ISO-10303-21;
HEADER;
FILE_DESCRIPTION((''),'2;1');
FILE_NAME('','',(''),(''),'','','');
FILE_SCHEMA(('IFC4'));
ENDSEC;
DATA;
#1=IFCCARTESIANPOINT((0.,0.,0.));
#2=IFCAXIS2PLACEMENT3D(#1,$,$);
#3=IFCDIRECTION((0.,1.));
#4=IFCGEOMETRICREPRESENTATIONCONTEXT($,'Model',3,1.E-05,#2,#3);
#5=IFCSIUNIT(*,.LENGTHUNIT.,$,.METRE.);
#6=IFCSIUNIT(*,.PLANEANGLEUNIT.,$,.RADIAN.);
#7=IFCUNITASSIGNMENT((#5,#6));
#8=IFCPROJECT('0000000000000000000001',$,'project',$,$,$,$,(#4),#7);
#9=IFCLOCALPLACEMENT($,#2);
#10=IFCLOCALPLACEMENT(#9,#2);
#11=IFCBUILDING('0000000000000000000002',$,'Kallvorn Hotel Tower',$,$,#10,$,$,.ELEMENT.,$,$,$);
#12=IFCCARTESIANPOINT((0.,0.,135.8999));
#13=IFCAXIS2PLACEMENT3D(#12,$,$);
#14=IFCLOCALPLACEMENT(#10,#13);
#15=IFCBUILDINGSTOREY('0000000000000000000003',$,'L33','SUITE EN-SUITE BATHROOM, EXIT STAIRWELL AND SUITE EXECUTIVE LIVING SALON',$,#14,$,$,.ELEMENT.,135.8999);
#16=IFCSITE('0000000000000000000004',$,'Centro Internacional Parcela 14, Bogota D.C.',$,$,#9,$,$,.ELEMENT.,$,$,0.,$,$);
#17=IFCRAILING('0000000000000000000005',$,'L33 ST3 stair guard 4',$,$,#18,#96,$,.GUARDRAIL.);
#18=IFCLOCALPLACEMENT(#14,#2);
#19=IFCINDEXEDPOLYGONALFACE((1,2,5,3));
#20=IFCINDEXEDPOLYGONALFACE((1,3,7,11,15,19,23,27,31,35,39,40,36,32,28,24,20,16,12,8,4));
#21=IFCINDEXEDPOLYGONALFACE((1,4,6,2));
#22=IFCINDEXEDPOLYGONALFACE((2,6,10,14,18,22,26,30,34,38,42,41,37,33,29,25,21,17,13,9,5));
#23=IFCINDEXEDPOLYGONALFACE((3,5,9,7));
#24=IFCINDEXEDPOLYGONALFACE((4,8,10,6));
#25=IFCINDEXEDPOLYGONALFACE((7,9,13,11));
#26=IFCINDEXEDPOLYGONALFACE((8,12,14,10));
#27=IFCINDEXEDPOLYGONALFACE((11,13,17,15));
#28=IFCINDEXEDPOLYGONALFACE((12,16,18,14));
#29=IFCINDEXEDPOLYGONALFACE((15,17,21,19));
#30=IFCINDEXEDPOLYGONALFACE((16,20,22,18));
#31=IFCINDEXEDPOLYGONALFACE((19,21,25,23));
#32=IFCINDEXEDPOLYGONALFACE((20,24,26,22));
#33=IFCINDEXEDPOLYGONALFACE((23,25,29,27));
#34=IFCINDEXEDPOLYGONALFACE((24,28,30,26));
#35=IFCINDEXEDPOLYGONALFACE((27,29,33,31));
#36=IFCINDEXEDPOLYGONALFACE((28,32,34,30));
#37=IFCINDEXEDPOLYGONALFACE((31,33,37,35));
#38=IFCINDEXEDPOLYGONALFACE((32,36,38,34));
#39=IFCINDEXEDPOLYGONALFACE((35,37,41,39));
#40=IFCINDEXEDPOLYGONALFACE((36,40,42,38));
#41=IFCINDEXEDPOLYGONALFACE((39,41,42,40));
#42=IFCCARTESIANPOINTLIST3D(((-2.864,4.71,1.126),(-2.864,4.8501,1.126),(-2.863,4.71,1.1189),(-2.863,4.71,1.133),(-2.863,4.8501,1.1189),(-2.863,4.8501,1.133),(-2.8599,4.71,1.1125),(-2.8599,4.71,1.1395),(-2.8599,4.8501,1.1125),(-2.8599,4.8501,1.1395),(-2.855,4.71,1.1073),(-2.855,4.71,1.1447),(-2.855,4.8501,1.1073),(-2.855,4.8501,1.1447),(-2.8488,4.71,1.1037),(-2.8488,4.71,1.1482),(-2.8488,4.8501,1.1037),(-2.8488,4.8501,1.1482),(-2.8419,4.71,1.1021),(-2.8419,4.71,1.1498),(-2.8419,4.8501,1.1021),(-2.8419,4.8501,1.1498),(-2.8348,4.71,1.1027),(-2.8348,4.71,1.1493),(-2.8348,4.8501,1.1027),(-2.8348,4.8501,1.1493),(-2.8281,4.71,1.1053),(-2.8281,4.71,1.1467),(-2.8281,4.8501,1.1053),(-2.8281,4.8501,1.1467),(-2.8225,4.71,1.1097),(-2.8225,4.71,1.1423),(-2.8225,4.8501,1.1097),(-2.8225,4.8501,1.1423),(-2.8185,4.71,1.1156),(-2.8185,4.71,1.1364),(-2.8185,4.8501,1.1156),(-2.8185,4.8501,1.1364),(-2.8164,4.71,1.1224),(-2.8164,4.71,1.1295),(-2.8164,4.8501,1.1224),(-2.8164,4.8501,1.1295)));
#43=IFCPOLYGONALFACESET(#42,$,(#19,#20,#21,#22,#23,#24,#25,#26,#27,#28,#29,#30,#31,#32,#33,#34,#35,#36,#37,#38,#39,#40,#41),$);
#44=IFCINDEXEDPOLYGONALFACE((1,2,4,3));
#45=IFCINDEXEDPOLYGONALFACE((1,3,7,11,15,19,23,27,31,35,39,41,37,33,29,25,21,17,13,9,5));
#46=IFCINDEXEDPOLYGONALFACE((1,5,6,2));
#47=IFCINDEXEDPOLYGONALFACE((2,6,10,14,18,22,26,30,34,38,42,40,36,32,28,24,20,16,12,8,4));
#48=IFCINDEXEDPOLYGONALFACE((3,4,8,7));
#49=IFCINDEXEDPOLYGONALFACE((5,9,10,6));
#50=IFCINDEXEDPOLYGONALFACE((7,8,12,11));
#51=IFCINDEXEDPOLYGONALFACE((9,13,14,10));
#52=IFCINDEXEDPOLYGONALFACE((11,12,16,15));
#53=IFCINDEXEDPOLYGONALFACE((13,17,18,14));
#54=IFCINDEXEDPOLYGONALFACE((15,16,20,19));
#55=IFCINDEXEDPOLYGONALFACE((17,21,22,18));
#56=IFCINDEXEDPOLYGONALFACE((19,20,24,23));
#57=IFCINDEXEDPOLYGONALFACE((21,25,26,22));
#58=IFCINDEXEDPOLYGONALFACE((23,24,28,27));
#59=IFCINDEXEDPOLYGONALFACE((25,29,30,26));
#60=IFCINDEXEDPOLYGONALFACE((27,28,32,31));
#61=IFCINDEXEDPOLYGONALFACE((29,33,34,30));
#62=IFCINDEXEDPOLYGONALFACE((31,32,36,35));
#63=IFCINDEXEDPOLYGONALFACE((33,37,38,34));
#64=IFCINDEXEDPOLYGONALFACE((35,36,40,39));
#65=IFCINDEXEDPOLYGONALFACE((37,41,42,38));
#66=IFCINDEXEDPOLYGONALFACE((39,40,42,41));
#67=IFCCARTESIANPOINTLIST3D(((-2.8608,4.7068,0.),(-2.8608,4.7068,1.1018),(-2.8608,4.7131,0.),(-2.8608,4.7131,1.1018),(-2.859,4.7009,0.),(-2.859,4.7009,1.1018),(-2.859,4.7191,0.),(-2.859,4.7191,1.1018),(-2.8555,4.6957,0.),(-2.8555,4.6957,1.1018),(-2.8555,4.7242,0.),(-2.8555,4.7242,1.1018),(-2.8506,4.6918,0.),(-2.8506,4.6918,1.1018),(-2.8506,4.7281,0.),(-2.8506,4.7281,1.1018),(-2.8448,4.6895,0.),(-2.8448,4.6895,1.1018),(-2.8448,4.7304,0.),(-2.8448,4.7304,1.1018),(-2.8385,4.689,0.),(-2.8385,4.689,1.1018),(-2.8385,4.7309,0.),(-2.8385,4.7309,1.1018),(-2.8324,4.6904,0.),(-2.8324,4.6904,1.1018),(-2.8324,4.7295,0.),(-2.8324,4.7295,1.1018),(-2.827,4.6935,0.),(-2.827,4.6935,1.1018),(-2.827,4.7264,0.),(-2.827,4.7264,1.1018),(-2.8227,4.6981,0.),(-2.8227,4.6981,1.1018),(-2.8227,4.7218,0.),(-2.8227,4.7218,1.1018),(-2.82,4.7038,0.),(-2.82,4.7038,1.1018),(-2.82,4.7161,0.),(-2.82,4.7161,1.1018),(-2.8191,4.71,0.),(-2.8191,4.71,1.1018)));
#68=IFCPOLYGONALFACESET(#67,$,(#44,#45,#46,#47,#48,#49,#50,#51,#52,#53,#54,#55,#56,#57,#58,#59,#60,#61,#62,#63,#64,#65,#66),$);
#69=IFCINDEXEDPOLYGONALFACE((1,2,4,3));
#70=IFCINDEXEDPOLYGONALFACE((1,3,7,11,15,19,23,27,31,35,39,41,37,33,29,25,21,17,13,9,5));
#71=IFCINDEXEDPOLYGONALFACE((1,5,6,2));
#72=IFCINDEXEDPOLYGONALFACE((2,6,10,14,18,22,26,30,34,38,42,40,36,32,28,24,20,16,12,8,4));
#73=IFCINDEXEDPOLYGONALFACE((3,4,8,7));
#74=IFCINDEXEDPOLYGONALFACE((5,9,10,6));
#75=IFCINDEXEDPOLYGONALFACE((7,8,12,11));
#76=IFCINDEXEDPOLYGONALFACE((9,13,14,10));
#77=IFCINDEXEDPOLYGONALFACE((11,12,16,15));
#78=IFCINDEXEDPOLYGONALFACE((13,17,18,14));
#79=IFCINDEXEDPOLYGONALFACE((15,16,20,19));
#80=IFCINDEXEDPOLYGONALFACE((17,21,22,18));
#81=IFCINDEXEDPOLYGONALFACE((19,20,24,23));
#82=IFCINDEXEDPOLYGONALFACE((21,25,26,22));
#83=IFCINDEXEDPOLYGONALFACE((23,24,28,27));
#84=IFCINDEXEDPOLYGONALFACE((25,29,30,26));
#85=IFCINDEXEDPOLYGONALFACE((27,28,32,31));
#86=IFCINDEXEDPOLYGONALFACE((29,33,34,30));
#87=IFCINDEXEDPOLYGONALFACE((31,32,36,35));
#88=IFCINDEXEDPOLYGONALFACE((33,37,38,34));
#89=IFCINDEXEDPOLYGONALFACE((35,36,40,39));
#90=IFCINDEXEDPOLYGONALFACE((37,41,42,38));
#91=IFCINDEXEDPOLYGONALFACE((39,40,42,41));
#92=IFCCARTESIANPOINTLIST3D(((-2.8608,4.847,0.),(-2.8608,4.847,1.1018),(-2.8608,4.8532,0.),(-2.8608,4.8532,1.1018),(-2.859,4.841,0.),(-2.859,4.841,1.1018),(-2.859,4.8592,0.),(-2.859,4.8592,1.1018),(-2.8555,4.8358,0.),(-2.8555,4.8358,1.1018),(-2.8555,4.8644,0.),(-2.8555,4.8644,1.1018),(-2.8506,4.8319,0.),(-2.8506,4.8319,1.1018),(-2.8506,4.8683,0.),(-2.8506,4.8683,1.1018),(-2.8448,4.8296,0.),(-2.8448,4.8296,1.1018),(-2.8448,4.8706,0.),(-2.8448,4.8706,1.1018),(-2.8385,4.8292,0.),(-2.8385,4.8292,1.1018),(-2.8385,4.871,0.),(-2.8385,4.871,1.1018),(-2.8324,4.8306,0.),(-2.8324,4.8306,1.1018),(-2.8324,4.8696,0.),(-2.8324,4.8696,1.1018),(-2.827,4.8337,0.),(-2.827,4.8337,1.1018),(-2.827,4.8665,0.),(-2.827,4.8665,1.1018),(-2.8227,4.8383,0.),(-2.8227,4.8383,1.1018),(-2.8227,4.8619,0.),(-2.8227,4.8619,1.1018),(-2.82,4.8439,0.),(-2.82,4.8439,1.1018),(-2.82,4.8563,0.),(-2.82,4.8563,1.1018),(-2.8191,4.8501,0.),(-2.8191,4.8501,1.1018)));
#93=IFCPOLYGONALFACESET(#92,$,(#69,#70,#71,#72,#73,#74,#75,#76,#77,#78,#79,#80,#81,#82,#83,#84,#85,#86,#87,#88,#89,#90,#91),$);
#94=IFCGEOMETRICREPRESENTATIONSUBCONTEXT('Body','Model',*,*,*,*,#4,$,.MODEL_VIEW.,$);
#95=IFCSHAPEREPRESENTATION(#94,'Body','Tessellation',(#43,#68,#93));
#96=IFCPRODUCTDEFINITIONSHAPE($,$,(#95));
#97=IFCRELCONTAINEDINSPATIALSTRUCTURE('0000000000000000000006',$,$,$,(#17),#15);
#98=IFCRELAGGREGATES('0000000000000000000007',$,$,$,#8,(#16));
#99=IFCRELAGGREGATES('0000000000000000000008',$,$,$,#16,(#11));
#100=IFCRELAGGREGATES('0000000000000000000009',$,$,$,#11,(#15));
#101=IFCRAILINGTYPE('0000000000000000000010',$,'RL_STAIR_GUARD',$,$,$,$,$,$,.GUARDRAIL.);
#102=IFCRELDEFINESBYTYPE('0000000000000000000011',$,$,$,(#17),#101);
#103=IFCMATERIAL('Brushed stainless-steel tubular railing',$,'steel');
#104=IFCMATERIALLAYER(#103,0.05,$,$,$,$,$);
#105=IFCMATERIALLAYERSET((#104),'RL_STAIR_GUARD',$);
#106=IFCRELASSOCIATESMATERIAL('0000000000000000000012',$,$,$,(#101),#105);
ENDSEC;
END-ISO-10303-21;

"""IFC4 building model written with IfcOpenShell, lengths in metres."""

from ifc_helpers import new_model, si_unit, direction, frame, origin, origin_2d, place, context, subcontext, project, spatial, circle, extrude, material, layer, layer_set, type_object, element, save


model = new_model("IFC4")

# Units and contexts
model_context = context("Model", 3, precision=1e-05, world=origin(), true_north=direction((0.0, 1.0)))
body_context = subcontext(model_context, "Body", "Model", "MODEL_VIEW")
ifc_project = project(units=[si_unit("LENGTHUNIT", "METRE"), si_unit("PLANEANGLEUNIT", "RADIAN")], contexts=[model_context])

# Site, building, storey
site_placement = place(None, origin())
site = spatial("IfcSite", under=ifc_project, at=site_placement, Name="Centro Internacional Parcela 14, Bogota D.C.", CompositionType="ELEMENT", RefElevation=0.0)
building_placement = place(site_placement, origin())
building = spatial("IfcBuilding", under=site, at=building_placement, Name="Kallvorn Hotel Tower", CompositionType="ELEMENT")
storey_placement = place(building_placement, frame((0.0, 0.0, 135.8999)))
storey = spatial("IfcBuildingStorey", under=building, at=storey_placement, Name="L33", Description="SUITE EN-SUITE BATHROOM, EXIT STAIRWELL AND SUITE EXECUTIVE LIVING SALON", CompositionType="ELEMENT", Elevation=135.8999)

# Railing
ifc_material_1 = material(Name="Brushed stainless-steel tubular railing", Category="steel")
ifc_layer_1 = layer(ifc_material_1, 0.05)
ifc_layer_set_1 = layer_set([ifc_layer_1], Name="RL_STAIR_GUARD")
railing_type_1 = type_object("IfcRailingType", Name="RL_STAIR_GUARD", PredefinedType="GUARDRAIL", material=ifc_layer_set_1)
railing_1_placement = place(storey_placement, frame((-2.8401, 4.71, 0.0)))
element("IfcRailing", 1, at=railing_1_placement, inside=storey, type_object=railing_type_1, Name="L33 ST3 stair guard 4", PredefinedType="GUARDRAIL", context=body_context, shape_type="SweptSolid", body=[
    extrude(circle(Radius=0.0239, at=origin_2d()), frame((0.0, 0.0, 1.126), z_axis=(0.0, 1.0, 0.0), x_axis=(-1.0, 0.0, 0.0)), (0.0, 0.0, 1.0), 0.1401),
    extrude(circle(Radius=0.021, at=origin_2d()), origin(), (0.0, 0.0, 1.0), 1.1018),
    extrude(circle(Radius=0.021, at=origin_2d()), frame((0.0, 0.1401, 0.0)), (0.0, 0.0, 1.0), 1.1018),
])

save(model, "model.ifc")
